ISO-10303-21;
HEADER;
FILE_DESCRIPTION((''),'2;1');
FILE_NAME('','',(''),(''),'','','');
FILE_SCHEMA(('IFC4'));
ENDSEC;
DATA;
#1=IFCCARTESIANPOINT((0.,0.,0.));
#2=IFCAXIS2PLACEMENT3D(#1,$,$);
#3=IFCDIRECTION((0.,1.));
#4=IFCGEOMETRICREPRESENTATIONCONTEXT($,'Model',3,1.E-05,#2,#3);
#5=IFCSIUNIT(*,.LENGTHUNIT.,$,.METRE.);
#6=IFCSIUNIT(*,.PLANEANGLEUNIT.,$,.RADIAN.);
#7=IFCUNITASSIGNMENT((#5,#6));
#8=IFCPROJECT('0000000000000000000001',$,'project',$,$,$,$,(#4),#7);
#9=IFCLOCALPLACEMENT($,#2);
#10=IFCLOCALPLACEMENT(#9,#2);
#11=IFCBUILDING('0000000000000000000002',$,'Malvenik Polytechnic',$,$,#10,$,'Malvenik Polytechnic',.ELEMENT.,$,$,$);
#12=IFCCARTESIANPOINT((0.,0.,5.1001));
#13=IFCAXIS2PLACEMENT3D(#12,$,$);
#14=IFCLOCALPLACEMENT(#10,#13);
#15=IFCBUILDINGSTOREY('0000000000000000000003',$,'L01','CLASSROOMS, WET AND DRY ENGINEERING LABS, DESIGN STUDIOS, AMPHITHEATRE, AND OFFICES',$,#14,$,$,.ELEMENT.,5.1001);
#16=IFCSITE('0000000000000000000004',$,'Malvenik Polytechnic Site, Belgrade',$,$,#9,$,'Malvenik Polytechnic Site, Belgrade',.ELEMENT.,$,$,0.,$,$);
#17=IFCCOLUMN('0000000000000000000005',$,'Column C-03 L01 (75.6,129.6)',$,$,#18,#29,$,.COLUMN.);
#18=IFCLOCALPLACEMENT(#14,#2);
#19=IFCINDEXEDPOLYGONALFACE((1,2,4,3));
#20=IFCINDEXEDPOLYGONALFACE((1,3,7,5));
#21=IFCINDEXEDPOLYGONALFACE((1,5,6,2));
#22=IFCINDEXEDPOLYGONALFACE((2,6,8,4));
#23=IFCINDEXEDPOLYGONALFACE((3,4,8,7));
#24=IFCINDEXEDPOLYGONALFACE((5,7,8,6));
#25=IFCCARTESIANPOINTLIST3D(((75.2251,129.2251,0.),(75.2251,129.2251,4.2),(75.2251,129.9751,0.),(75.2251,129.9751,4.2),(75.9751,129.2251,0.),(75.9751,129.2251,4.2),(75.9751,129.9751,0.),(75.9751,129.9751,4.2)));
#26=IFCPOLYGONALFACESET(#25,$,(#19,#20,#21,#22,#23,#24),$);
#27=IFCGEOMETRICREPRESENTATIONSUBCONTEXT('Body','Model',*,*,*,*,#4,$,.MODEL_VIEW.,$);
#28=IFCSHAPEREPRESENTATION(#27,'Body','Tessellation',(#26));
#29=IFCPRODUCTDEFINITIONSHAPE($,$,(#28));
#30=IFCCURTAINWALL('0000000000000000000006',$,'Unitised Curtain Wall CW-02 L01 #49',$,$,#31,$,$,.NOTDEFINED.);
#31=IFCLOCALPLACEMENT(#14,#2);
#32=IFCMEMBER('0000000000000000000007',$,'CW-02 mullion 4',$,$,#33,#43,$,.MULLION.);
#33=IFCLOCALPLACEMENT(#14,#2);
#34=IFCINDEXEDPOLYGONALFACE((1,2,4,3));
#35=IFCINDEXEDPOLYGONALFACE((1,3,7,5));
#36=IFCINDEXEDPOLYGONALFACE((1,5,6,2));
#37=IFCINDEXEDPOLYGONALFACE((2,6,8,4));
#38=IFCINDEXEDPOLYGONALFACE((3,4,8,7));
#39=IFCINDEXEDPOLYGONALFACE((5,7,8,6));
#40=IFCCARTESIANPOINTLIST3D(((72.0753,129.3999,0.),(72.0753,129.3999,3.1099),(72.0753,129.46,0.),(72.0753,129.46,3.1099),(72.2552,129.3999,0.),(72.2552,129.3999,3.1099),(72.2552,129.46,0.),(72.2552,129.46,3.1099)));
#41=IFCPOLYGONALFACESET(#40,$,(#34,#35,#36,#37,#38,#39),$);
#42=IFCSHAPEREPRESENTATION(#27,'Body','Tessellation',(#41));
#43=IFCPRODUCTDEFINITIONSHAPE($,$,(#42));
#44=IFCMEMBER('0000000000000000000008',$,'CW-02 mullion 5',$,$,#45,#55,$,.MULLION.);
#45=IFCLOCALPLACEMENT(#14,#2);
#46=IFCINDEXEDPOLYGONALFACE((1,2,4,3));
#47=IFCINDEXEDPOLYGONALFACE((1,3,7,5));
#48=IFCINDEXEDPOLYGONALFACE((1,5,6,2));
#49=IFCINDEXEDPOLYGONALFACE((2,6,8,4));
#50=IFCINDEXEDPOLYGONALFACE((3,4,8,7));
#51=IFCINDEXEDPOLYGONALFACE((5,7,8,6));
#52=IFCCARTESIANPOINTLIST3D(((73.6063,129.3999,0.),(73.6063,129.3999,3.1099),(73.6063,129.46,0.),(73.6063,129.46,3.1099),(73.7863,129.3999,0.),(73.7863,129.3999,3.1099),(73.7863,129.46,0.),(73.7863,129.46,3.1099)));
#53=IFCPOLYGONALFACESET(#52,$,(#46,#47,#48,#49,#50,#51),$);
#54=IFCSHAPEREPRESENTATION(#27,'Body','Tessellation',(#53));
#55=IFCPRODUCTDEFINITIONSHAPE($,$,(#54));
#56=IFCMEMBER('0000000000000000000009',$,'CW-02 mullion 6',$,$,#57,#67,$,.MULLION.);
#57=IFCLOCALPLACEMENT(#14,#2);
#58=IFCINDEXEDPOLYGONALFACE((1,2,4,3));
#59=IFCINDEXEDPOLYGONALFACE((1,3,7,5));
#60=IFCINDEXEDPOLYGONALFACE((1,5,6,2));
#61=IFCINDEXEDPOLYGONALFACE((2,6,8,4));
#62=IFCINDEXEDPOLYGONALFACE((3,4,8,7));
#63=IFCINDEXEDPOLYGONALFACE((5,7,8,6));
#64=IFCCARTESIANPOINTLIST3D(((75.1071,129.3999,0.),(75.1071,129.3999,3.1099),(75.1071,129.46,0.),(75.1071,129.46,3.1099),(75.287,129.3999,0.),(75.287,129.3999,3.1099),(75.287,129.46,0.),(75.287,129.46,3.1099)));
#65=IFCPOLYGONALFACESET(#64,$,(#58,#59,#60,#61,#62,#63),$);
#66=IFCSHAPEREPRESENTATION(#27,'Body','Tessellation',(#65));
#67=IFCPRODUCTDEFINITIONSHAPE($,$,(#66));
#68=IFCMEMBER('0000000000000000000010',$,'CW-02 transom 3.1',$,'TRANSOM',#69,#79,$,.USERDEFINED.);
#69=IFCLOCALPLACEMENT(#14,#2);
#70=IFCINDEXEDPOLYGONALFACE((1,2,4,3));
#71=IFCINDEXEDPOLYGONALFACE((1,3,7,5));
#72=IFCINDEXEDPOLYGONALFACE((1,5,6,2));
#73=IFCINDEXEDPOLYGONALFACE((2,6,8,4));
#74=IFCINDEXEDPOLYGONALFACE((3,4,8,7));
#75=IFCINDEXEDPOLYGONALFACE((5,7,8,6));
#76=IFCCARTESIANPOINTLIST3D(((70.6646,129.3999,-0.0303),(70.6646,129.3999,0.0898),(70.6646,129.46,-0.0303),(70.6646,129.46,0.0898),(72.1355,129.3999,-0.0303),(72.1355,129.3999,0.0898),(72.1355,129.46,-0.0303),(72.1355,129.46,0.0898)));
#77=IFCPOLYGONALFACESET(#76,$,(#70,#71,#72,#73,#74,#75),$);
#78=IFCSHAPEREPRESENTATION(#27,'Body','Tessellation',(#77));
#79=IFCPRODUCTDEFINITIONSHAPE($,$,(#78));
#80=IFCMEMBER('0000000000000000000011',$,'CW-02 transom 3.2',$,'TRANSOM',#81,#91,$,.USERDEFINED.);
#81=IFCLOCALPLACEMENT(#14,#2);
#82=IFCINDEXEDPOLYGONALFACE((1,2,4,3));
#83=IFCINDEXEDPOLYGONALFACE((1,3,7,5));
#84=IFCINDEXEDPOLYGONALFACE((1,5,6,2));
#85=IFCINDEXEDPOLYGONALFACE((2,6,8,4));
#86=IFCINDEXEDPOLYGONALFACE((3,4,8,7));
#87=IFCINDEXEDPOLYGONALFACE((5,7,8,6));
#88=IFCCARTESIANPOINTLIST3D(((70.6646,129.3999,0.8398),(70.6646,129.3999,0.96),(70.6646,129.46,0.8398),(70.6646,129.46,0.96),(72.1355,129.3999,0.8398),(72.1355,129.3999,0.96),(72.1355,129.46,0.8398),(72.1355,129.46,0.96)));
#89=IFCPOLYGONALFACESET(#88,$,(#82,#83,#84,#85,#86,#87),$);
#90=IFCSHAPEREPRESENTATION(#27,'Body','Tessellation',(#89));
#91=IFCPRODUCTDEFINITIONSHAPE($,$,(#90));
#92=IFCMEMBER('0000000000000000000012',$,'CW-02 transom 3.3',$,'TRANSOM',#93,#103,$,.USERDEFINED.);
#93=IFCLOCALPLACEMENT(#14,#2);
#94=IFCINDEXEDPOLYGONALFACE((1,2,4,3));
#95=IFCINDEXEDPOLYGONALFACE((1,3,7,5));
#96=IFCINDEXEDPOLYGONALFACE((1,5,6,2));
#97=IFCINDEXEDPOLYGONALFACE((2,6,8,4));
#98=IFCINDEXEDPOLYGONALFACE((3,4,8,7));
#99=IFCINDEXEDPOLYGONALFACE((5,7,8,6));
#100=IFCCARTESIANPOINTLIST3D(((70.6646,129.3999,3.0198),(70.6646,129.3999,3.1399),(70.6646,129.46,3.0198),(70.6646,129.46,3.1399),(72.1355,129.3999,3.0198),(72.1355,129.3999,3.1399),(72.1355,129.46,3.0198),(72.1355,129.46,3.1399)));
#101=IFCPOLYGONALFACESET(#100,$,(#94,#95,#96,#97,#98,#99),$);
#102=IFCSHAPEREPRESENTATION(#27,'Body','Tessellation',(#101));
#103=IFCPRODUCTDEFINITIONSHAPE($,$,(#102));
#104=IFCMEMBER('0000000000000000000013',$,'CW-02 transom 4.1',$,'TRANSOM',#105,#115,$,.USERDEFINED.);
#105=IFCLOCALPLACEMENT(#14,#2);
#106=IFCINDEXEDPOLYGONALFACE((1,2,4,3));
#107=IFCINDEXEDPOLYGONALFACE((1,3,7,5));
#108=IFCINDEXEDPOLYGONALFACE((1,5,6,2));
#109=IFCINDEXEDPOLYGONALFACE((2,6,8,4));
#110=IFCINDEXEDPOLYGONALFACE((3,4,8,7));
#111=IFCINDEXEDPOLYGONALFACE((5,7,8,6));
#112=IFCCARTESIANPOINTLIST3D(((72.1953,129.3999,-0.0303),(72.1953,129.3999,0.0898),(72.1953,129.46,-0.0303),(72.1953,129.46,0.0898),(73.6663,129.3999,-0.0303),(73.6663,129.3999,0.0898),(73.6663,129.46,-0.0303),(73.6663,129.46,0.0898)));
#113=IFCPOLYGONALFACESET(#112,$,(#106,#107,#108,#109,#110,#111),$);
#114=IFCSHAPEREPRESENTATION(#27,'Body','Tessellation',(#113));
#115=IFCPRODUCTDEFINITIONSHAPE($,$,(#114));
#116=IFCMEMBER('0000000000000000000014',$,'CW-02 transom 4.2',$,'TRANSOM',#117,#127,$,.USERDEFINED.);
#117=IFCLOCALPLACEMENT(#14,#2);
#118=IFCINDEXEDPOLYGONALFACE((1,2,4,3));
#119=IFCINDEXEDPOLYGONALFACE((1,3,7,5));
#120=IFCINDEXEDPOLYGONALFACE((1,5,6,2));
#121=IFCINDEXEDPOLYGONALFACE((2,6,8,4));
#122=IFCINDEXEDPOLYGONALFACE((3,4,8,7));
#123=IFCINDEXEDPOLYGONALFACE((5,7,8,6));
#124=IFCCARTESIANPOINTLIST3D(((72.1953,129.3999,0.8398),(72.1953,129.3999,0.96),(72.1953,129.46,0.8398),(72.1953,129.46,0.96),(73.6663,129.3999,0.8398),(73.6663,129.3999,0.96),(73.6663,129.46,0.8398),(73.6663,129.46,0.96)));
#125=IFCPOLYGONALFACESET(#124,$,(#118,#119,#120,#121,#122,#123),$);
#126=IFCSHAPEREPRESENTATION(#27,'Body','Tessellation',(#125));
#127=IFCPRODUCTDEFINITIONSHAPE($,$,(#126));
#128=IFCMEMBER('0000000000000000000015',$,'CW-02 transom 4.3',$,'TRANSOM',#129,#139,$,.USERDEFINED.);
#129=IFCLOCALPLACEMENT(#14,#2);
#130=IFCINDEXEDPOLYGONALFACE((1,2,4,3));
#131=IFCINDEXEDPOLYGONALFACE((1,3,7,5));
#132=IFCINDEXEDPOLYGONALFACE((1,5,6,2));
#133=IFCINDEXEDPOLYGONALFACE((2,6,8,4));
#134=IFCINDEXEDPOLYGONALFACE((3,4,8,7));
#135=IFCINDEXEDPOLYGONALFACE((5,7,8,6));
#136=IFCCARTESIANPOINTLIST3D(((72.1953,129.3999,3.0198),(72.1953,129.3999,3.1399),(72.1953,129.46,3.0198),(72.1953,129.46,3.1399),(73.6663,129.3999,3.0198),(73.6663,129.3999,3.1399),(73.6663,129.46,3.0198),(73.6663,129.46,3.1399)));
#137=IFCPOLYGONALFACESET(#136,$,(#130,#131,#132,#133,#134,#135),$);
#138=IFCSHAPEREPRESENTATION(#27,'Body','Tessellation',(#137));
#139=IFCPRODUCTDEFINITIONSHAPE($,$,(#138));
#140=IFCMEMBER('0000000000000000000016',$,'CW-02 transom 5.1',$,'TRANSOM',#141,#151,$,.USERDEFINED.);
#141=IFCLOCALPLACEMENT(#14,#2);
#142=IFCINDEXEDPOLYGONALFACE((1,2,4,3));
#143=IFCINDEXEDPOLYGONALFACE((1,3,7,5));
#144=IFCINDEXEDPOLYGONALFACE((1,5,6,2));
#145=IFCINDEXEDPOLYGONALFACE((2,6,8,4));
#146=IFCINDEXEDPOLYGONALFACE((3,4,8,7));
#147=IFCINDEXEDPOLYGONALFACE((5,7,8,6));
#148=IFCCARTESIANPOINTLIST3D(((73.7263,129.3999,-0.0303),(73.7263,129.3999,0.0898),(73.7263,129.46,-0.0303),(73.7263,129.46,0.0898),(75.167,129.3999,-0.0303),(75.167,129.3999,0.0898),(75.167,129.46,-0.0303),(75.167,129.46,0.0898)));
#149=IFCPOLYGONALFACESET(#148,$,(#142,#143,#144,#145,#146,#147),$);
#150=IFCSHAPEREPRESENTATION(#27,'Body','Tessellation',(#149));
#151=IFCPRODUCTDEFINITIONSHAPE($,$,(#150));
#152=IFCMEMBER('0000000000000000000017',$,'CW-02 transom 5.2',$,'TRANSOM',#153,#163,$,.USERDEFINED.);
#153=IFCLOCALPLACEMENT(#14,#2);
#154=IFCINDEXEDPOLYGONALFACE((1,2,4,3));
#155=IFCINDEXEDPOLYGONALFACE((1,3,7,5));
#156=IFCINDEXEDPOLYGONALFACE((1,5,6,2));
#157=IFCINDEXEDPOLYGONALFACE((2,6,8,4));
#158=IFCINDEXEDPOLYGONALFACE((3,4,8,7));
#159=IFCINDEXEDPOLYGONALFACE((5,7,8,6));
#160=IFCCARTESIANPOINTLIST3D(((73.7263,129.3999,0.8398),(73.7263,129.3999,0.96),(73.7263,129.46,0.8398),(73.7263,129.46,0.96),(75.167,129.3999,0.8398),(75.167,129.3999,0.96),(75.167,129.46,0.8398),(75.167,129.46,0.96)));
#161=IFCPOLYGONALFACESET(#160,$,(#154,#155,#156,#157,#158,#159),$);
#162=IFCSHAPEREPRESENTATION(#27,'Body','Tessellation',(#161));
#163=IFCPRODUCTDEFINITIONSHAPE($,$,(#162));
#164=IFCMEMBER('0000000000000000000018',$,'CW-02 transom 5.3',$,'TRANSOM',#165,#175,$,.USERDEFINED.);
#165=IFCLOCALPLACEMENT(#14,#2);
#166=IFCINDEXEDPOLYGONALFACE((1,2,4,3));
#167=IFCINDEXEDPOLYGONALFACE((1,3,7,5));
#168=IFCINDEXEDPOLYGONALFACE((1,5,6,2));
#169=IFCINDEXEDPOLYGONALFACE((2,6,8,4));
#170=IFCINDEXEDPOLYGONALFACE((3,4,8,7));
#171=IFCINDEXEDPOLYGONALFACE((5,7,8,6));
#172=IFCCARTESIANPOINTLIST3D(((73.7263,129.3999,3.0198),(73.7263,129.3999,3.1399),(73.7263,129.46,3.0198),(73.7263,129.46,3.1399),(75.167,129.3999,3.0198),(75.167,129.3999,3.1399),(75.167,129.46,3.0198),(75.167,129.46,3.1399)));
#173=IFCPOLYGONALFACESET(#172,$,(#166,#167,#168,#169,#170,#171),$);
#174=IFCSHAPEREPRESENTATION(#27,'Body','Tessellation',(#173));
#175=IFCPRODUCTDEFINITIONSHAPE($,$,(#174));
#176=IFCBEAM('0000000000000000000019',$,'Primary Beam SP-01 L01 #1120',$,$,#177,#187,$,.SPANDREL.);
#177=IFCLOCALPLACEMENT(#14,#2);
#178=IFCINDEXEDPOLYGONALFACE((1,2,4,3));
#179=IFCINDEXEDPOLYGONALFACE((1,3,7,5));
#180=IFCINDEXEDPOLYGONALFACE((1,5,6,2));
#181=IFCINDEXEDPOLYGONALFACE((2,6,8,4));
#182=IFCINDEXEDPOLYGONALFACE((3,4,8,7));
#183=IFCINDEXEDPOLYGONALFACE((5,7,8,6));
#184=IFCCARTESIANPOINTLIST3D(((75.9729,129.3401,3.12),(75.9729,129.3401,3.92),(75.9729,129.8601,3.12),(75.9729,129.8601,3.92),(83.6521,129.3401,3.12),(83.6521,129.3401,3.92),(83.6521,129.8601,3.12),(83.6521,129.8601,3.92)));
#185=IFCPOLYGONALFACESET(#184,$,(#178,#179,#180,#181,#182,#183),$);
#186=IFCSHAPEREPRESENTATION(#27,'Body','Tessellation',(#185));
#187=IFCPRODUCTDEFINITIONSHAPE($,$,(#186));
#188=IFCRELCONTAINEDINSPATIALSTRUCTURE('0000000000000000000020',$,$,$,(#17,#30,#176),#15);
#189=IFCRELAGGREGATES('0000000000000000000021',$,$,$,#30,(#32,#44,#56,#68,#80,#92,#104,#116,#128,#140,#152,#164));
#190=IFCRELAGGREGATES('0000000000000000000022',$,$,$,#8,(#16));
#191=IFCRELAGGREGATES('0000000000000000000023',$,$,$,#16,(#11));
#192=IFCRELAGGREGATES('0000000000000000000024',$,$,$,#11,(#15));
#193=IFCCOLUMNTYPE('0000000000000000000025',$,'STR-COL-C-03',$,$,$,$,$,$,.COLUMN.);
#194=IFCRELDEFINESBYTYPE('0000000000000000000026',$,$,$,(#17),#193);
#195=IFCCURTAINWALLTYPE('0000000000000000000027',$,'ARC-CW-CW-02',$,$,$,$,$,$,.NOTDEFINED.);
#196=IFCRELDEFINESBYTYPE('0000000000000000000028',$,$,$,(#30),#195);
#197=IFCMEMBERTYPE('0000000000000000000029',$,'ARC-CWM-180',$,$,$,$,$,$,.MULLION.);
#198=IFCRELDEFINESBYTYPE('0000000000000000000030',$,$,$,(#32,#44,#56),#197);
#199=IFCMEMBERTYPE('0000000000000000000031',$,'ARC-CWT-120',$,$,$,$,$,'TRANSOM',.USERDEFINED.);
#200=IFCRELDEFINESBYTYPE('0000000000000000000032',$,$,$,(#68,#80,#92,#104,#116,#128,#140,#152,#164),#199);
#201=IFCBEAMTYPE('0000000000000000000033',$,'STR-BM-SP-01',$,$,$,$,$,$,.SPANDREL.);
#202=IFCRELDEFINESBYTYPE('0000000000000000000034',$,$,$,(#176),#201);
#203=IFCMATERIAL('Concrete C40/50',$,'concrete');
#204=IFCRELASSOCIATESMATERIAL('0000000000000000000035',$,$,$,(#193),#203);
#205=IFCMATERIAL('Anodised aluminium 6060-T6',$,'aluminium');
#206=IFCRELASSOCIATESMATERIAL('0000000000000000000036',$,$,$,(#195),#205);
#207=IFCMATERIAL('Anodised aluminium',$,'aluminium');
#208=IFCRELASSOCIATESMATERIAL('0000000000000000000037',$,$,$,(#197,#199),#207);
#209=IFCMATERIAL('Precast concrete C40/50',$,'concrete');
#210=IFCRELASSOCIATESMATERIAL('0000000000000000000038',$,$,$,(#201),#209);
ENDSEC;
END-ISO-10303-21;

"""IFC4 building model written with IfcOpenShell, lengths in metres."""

from ifc_helpers import new_model, si_unit, direction, frame, origin, origin_2d, place, context, subcontext, project, spatial, rectangle, extrude, material, material_profile, profile_set, type_object, element, aggregate, save


model = new_model("IFC4")

# Units and contexts
model_context = context("Model", 3, precision=1e-05, world=origin(), true_north=direction((0.0, 1.0)))
body_context = subcontext(model_context, "Body", "Model", "MODEL_VIEW")
ifc_project = project(units=[si_unit("LENGTHUNIT", "METRE"), si_unit("PLANEANGLEUNIT", "RADIAN")], contexts=[model_context])

# Site, building, storey
site_placement = place(None, origin())
site = spatial("IfcSite", under=ifc_project, at=site_placement, Name="Malvenik Polytechnic Site, Belgrade", LongName="Malvenik Polytechnic Site, Belgrade", CompositionType="ELEMENT", RefElevation=0.0)
building_placement = place(site_placement, origin())
building = spatial("IfcBuilding", under=site, at=building_placement, Name="Malvenik Polytechnic", LongName="Malvenik Polytechnic", CompositionType="ELEMENT")
storey_placement = place(building_placement, frame((0.0, 0.0, 5.1001)))
storey = spatial("IfcBuildingStorey", under=building, at=storey_placement, Name="L01", Description="CLASSROOMS, WET AND DRY ENGINEERING LABS, DESIGN STUDIOS, AMPHITHEATRE, AND OFFICES", CompositionType="ELEMENT", Elevation=5.1001)

# Column
ifc_material_1 = material(Name="Concrete C40/50", Category="concrete")
ifc_material_profile_1 = material_profile(ifc_material_1, rectangle(XDim=0.75, YDim=0.75, at=origin_2d()), Name="RC COL 750x750")
ifc_profile_set_1 = profile_set([ifc_material_profile_1], Name="Concrete C40/50")
column_type = type_object("IfcColumnType", Name="STR-COL-C-03", PredefinedType="COLUMN", material=ifc_profile_set_1)
column_placement = place(storey_placement, frame((75.6001, 129.6001, 0.0), z_axis=(0.0, 0.0, 1.0), x_axis=(1.0, 0.0, 0.0)))
element("IfcColumn", 1, at=column_placement, inside=storey, type_object=column_type, Name="Column C-03 L01 (75.6,129.6)", PredefinedType="COLUMN", context=body_context, shape_type="SweptSolid", body=[
    extrude(rectangle(XDim=0.75, YDim=0.75, at=origin_2d()), origin(), (0.0, 0.0, 1.0), 4.2),
])

# Curtain wall, members
ifc_material_2 = material(Name="Anodised aluminium 6060-T6", Category="aluminium")
curtain_wall_type = type_object("IfcCurtainWallType", Name="ARC-CW-CW-02", PredefinedType="NOTDEFINED", material=ifc_material_2)
curtain_wall_placement = place(storey_placement, origin())
curtain_wall = element("IfcCurtainWall", 2, at=curtain_wall_placement, inside=storey, type_object=curtain_wall_type, Name="Unitised Curtain Wall CW-02 L01 #49", PredefinedType="NOTDEFINED")
ifc_material_3 = material(Name="Anodised aluminium", Category="aluminium")
ifc_material_profile_2 = material_profile(ifc_material_3, rectangle(XDim=0.0601, YDim=0.1799, at=origin_2d()), Name="ALU MULLION 60x180")
ifc_profile_set_2 = profile_set([ifc_material_profile_2], Name="Anodised aluminium")
member_type_1 = type_object("IfcMemberType", Name="ARC-CWM-180", PredefinedType="MULLION", material=ifc_profile_set_2)
member_1_placement = place(storey_placement, frame((72.1653, 129.4299, 0.0), z_axis=(0.0, 0.0, 1.0), x_axis=(0.0, 1.0, 0.0)))
member_1 = element("IfcMember", 3, at=member_1_placement, type_object=member_type_1, Name="CW-02 mullion 4", PredefinedType="MULLION", context=body_context, shape_type="SweptSolid", body=[
    extrude(rectangle(XDim=0.0601, YDim=0.1799, at=origin_2d()), origin(), (0.0, 0.0, 1.0), 3.1099),
])
member_2_placement = place(storey_placement, frame((73.6963, 129.4299, 0.0), z_axis=(0.0, 0.0, 1.0), x_axis=(0.0, 1.0, 0.0)))
member_2 = element("IfcMember", 4, at=member_2_placement, type_object=member_type_1, Name="CW-02 mullion 5", PredefinedType="MULLION", context=body_context, shape_type="SweptSolid", body=[
    extrude(rectangle(XDim=0.0601, YDim=0.1799, at=origin_2d()), origin(), (0.0, 0.0, 1.0), 3.1099),
])
member_3_placement = place(storey_placement, frame((75.197, 129.4299, 0.0), z_axis=(0.0, 0.0, 1.0), x_axis=(0.0, 1.0, 0.0)))
member_3 = element("IfcMember", 5, at=member_3_placement, type_object=member_type_1, Name="CW-02 mullion 6", PredefinedType="MULLION", context=body_context, shape_type="SweptSolid", body=[
    extrude(rectangle(XDim=0.0601, YDim=0.1799, at=origin_2d()), origin(), (0.0, 0.0, 1.0), 3.1099),
])
ifc_material_profile_3 = material_profile(ifc_material_3, rectangle(XDim=0.0601, YDim=0.1201, at=origin_2d()), Name="ALU TRANSOM 60x120")
ifc_profile_set_3 = profile_set([ifc_material_profile_3], Name="Anodised aluminium")
member_type_2 = type_object("IfcMemberType", Name="ARC-CWT-120", ElementType="TRANSOM", PredefinedType="USERDEFINED", material=ifc_profile_set_3)
member_4_placement = place(storey_placement, frame((70.6646, 129.4299, 0.0298), z_axis=(1.0, 0.0, 0.0), x_axis=(0.0, 1.0, 0.0)))
member_4 = element("IfcMember", 6, at=member_4_placement, type_object=member_type_2, Name="CW-02 transom 3.1", ObjectType="TRANSOM", PredefinedType="USERDEFINED", context=body_context, shape_type="SweptSolid", body=[
    extrude(rectangle(XDim=0.0601, YDim=0.1201, at=origin_2d()), origin(), (0.0, 0.0, 1.0), 1.4709),
])
member_5_placement = place(storey_placement, frame((70.6646, 129.4299, 0.8999), z_axis=(1.0, 0.0, 0.0), x_axis=(0.0, 1.0, 0.0)))
member_5 = element("IfcMember", 7, at=member_5_placement, type_object=member_type_2, Name="CW-02 transom 3.2", ObjectType="TRANSOM", PredefinedType="USERDEFINED", context=body_context, shape_type="SweptSolid", body=[
    extrude(rectangle(XDim=0.0601, YDim=0.1201, at=origin_2d()), origin(), (0.0, 0.0, 1.0), 1.4709),
])
member_6_placement = place(storey_placement, frame((70.6646, 129.4299, 3.0798), z_axis=(1.0, 0.0, 0.0), x_axis=(0.0, 1.0, 0.0)))
member_6 = element("IfcMember", 8, at=member_6_placement, type_object=member_type_2, Name="CW-02 transom 3.3", ObjectType="TRANSOM", PredefinedType="USERDEFINED", context=body_context, shape_type="SweptSolid", body=[
    extrude(rectangle(XDim=0.0601, YDim=0.1201, at=origin_2d()), origin(), (0.0, 0.0, 1.0), 1.4709),
])
member_7_placement = place(storey_placement, frame((72.1953, 129.4299, 0.0298), z_axis=(1.0, 0.0, 0.0), x_axis=(0.0, 1.0, 0.0)))
member_7 = element("IfcMember", 9, at=member_7_placement, type_object=member_type_2, Name="CW-02 transom 4.1", ObjectType="TRANSOM", PredefinedType="USERDEFINED", context=body_context, shape_type="SweptSolid", body=[
    extrude(rectangle(XDim=0.0601, YDim=0.1201, at=origin_2d()), origin(), (0.0, 0.0, 1.0), 1.4709),
])
member_8_placement = place(storey_placement, frame((72.1953, 129.4299, 0.8999), z_axis=(1.0, 0.0, 0.0), x_axis=(0.0, 1.0, 0.0)))
member_8 = element("IfcMember", 10, at=member_8_placement, type_object=member_type_2, Name="CW-02 transom 4.2", ObjectType="TRANSOM", PredefinedType="USERDEFINED", context=body_context, shape_type="SweptSolid", body=[
    extrude(rectangle(XDim=0.0601, YDim=0.1201, at=origin_2d()), origin(), (0.0, 0.0, 1.0), 1.4709),
])
member_9_placement = place(storey_placement, frame((72.1953, 129.4299, 3.0798), z_axis=(1.0, 0.0, 0.0), x_axis=(0.0, 1.0, 0.0)))
member_9 = element("IfcMember", 11, at=member_9_placement, type_object=member_type_2, Name="CW-02 transom 4.3", ObjectType="TRANSOM", PredefinedType="USERDEFINED", context=body_context, shape_type="SweptSolid", body=[
    extrude(rectangle(XDim=0.0601, YDim=0.1201, at=origin_2d()), origin(), (0.0, 0.0, 1.0), 1.4709),
])
member_10_placement = place(storey_placement, frame((73.7263, 129.4299, 0.0298), z_axis=(1.0, 0.0, 0.0), x_axis=(0.0, 1.0, 0.0)))
member_10 = element("IfcMember", 12, at=member_10_placement, type_object=member_type_2, Name="CW-02 transom 5.1", ObjectType="TRANSOM", PredefinedType="USERDEFINED", context=body_context, shape_type="SweptSolid", body=[
    extrude(rectangle(XDim=0.0601, YDim=0.1201, at=origin_2d()), origin(), (0.0, 0.0, 1.0), 1.4407),
])
member_11_placement = place(storey_placement, frame((73.7263, 129.4299, 0.8999), z_axis=(1.0, 0.0, 0.0), x_axis=(0.0, 1.0, 0.0)))
member_11 = element("IfcMember", 13, at=member_11_placement, type_object=member_type_2, Name="CW-02 transom 5.2", ObjectType="TRANSOM", PredefinedType="USERDEFINED", context=body_context, shape_type="SweptSolid", body=[
    extrude(rectangle(XDim=0.0601, YDim=0.1201, at=origin_2d()), origin(), (0.0, 0.0, 1.0), 1.4407),
])
member_12_placement = place(storey_placement, frame((73.7263, 129.4299, 3.0798), z_axis=(1.0, 0.0, 0.0), x_axis=(0.0, 1.0, 0.0)))
member_12 = element("IfcMember", 14, at=member_12_placement, type_object=member_type_2, Name="CW-02 transom 5.3", ObjectType="TRANSOM", PredefinedType="USERDEFINED", context=body_context, shape_type="SweptSolid", body=[
    extrude(rectangle(XDim=0.0601, YDim=0.1201, at=origin_2d()), origin(), (0.0, 0.0, 1.0), 1.4407),
])

# Beam
ifc_material_4 = material(Name="Precast concrete C40/50", Category="concrete")
ifc_material_profile_4 = material_profile(ifc_material_4, rectangle(XDim=0.52, YDim=0.8, at=origin_2d()), Name="PC SPN 520x800")
ifc_profile_set_4 = profile_set([ifc_material_profile_4], Name="Precast concrete C40/50")
beam_type = type_object("IfcBeamType", Name="STR-BM-SP-01", PredefinedType="SPANDREL", material=ifc_profile_set_4)
beam_placement = place(storey_placement, frame((75.9729, 129.6001, 3.52), z_axis=(1.0, 0.0, 0.0), x_axis=(0.0, 1.0, 0.0)))
element("IfcBeam", 15, at=beam_placement, inside=storey, type_object=beam_type, Name="Primary Beam SP-01 L01 #1120", PredefinedType="SPANDREL", context=body_context, shape_type="SweptSolid", body=[
    extrude(rectangle(XDim=0.52, YDim=0.8, at=origin_2d()), origin(), (0.0, 0.0, 1.0), 7.6792),
])

aggregate(curtain_wall, [member_1, member_2, member_3, member_4, member_5, member_6, member_7, member_8, member_9, member_10, member_11, member_12])

save(model, "model.ifc")
